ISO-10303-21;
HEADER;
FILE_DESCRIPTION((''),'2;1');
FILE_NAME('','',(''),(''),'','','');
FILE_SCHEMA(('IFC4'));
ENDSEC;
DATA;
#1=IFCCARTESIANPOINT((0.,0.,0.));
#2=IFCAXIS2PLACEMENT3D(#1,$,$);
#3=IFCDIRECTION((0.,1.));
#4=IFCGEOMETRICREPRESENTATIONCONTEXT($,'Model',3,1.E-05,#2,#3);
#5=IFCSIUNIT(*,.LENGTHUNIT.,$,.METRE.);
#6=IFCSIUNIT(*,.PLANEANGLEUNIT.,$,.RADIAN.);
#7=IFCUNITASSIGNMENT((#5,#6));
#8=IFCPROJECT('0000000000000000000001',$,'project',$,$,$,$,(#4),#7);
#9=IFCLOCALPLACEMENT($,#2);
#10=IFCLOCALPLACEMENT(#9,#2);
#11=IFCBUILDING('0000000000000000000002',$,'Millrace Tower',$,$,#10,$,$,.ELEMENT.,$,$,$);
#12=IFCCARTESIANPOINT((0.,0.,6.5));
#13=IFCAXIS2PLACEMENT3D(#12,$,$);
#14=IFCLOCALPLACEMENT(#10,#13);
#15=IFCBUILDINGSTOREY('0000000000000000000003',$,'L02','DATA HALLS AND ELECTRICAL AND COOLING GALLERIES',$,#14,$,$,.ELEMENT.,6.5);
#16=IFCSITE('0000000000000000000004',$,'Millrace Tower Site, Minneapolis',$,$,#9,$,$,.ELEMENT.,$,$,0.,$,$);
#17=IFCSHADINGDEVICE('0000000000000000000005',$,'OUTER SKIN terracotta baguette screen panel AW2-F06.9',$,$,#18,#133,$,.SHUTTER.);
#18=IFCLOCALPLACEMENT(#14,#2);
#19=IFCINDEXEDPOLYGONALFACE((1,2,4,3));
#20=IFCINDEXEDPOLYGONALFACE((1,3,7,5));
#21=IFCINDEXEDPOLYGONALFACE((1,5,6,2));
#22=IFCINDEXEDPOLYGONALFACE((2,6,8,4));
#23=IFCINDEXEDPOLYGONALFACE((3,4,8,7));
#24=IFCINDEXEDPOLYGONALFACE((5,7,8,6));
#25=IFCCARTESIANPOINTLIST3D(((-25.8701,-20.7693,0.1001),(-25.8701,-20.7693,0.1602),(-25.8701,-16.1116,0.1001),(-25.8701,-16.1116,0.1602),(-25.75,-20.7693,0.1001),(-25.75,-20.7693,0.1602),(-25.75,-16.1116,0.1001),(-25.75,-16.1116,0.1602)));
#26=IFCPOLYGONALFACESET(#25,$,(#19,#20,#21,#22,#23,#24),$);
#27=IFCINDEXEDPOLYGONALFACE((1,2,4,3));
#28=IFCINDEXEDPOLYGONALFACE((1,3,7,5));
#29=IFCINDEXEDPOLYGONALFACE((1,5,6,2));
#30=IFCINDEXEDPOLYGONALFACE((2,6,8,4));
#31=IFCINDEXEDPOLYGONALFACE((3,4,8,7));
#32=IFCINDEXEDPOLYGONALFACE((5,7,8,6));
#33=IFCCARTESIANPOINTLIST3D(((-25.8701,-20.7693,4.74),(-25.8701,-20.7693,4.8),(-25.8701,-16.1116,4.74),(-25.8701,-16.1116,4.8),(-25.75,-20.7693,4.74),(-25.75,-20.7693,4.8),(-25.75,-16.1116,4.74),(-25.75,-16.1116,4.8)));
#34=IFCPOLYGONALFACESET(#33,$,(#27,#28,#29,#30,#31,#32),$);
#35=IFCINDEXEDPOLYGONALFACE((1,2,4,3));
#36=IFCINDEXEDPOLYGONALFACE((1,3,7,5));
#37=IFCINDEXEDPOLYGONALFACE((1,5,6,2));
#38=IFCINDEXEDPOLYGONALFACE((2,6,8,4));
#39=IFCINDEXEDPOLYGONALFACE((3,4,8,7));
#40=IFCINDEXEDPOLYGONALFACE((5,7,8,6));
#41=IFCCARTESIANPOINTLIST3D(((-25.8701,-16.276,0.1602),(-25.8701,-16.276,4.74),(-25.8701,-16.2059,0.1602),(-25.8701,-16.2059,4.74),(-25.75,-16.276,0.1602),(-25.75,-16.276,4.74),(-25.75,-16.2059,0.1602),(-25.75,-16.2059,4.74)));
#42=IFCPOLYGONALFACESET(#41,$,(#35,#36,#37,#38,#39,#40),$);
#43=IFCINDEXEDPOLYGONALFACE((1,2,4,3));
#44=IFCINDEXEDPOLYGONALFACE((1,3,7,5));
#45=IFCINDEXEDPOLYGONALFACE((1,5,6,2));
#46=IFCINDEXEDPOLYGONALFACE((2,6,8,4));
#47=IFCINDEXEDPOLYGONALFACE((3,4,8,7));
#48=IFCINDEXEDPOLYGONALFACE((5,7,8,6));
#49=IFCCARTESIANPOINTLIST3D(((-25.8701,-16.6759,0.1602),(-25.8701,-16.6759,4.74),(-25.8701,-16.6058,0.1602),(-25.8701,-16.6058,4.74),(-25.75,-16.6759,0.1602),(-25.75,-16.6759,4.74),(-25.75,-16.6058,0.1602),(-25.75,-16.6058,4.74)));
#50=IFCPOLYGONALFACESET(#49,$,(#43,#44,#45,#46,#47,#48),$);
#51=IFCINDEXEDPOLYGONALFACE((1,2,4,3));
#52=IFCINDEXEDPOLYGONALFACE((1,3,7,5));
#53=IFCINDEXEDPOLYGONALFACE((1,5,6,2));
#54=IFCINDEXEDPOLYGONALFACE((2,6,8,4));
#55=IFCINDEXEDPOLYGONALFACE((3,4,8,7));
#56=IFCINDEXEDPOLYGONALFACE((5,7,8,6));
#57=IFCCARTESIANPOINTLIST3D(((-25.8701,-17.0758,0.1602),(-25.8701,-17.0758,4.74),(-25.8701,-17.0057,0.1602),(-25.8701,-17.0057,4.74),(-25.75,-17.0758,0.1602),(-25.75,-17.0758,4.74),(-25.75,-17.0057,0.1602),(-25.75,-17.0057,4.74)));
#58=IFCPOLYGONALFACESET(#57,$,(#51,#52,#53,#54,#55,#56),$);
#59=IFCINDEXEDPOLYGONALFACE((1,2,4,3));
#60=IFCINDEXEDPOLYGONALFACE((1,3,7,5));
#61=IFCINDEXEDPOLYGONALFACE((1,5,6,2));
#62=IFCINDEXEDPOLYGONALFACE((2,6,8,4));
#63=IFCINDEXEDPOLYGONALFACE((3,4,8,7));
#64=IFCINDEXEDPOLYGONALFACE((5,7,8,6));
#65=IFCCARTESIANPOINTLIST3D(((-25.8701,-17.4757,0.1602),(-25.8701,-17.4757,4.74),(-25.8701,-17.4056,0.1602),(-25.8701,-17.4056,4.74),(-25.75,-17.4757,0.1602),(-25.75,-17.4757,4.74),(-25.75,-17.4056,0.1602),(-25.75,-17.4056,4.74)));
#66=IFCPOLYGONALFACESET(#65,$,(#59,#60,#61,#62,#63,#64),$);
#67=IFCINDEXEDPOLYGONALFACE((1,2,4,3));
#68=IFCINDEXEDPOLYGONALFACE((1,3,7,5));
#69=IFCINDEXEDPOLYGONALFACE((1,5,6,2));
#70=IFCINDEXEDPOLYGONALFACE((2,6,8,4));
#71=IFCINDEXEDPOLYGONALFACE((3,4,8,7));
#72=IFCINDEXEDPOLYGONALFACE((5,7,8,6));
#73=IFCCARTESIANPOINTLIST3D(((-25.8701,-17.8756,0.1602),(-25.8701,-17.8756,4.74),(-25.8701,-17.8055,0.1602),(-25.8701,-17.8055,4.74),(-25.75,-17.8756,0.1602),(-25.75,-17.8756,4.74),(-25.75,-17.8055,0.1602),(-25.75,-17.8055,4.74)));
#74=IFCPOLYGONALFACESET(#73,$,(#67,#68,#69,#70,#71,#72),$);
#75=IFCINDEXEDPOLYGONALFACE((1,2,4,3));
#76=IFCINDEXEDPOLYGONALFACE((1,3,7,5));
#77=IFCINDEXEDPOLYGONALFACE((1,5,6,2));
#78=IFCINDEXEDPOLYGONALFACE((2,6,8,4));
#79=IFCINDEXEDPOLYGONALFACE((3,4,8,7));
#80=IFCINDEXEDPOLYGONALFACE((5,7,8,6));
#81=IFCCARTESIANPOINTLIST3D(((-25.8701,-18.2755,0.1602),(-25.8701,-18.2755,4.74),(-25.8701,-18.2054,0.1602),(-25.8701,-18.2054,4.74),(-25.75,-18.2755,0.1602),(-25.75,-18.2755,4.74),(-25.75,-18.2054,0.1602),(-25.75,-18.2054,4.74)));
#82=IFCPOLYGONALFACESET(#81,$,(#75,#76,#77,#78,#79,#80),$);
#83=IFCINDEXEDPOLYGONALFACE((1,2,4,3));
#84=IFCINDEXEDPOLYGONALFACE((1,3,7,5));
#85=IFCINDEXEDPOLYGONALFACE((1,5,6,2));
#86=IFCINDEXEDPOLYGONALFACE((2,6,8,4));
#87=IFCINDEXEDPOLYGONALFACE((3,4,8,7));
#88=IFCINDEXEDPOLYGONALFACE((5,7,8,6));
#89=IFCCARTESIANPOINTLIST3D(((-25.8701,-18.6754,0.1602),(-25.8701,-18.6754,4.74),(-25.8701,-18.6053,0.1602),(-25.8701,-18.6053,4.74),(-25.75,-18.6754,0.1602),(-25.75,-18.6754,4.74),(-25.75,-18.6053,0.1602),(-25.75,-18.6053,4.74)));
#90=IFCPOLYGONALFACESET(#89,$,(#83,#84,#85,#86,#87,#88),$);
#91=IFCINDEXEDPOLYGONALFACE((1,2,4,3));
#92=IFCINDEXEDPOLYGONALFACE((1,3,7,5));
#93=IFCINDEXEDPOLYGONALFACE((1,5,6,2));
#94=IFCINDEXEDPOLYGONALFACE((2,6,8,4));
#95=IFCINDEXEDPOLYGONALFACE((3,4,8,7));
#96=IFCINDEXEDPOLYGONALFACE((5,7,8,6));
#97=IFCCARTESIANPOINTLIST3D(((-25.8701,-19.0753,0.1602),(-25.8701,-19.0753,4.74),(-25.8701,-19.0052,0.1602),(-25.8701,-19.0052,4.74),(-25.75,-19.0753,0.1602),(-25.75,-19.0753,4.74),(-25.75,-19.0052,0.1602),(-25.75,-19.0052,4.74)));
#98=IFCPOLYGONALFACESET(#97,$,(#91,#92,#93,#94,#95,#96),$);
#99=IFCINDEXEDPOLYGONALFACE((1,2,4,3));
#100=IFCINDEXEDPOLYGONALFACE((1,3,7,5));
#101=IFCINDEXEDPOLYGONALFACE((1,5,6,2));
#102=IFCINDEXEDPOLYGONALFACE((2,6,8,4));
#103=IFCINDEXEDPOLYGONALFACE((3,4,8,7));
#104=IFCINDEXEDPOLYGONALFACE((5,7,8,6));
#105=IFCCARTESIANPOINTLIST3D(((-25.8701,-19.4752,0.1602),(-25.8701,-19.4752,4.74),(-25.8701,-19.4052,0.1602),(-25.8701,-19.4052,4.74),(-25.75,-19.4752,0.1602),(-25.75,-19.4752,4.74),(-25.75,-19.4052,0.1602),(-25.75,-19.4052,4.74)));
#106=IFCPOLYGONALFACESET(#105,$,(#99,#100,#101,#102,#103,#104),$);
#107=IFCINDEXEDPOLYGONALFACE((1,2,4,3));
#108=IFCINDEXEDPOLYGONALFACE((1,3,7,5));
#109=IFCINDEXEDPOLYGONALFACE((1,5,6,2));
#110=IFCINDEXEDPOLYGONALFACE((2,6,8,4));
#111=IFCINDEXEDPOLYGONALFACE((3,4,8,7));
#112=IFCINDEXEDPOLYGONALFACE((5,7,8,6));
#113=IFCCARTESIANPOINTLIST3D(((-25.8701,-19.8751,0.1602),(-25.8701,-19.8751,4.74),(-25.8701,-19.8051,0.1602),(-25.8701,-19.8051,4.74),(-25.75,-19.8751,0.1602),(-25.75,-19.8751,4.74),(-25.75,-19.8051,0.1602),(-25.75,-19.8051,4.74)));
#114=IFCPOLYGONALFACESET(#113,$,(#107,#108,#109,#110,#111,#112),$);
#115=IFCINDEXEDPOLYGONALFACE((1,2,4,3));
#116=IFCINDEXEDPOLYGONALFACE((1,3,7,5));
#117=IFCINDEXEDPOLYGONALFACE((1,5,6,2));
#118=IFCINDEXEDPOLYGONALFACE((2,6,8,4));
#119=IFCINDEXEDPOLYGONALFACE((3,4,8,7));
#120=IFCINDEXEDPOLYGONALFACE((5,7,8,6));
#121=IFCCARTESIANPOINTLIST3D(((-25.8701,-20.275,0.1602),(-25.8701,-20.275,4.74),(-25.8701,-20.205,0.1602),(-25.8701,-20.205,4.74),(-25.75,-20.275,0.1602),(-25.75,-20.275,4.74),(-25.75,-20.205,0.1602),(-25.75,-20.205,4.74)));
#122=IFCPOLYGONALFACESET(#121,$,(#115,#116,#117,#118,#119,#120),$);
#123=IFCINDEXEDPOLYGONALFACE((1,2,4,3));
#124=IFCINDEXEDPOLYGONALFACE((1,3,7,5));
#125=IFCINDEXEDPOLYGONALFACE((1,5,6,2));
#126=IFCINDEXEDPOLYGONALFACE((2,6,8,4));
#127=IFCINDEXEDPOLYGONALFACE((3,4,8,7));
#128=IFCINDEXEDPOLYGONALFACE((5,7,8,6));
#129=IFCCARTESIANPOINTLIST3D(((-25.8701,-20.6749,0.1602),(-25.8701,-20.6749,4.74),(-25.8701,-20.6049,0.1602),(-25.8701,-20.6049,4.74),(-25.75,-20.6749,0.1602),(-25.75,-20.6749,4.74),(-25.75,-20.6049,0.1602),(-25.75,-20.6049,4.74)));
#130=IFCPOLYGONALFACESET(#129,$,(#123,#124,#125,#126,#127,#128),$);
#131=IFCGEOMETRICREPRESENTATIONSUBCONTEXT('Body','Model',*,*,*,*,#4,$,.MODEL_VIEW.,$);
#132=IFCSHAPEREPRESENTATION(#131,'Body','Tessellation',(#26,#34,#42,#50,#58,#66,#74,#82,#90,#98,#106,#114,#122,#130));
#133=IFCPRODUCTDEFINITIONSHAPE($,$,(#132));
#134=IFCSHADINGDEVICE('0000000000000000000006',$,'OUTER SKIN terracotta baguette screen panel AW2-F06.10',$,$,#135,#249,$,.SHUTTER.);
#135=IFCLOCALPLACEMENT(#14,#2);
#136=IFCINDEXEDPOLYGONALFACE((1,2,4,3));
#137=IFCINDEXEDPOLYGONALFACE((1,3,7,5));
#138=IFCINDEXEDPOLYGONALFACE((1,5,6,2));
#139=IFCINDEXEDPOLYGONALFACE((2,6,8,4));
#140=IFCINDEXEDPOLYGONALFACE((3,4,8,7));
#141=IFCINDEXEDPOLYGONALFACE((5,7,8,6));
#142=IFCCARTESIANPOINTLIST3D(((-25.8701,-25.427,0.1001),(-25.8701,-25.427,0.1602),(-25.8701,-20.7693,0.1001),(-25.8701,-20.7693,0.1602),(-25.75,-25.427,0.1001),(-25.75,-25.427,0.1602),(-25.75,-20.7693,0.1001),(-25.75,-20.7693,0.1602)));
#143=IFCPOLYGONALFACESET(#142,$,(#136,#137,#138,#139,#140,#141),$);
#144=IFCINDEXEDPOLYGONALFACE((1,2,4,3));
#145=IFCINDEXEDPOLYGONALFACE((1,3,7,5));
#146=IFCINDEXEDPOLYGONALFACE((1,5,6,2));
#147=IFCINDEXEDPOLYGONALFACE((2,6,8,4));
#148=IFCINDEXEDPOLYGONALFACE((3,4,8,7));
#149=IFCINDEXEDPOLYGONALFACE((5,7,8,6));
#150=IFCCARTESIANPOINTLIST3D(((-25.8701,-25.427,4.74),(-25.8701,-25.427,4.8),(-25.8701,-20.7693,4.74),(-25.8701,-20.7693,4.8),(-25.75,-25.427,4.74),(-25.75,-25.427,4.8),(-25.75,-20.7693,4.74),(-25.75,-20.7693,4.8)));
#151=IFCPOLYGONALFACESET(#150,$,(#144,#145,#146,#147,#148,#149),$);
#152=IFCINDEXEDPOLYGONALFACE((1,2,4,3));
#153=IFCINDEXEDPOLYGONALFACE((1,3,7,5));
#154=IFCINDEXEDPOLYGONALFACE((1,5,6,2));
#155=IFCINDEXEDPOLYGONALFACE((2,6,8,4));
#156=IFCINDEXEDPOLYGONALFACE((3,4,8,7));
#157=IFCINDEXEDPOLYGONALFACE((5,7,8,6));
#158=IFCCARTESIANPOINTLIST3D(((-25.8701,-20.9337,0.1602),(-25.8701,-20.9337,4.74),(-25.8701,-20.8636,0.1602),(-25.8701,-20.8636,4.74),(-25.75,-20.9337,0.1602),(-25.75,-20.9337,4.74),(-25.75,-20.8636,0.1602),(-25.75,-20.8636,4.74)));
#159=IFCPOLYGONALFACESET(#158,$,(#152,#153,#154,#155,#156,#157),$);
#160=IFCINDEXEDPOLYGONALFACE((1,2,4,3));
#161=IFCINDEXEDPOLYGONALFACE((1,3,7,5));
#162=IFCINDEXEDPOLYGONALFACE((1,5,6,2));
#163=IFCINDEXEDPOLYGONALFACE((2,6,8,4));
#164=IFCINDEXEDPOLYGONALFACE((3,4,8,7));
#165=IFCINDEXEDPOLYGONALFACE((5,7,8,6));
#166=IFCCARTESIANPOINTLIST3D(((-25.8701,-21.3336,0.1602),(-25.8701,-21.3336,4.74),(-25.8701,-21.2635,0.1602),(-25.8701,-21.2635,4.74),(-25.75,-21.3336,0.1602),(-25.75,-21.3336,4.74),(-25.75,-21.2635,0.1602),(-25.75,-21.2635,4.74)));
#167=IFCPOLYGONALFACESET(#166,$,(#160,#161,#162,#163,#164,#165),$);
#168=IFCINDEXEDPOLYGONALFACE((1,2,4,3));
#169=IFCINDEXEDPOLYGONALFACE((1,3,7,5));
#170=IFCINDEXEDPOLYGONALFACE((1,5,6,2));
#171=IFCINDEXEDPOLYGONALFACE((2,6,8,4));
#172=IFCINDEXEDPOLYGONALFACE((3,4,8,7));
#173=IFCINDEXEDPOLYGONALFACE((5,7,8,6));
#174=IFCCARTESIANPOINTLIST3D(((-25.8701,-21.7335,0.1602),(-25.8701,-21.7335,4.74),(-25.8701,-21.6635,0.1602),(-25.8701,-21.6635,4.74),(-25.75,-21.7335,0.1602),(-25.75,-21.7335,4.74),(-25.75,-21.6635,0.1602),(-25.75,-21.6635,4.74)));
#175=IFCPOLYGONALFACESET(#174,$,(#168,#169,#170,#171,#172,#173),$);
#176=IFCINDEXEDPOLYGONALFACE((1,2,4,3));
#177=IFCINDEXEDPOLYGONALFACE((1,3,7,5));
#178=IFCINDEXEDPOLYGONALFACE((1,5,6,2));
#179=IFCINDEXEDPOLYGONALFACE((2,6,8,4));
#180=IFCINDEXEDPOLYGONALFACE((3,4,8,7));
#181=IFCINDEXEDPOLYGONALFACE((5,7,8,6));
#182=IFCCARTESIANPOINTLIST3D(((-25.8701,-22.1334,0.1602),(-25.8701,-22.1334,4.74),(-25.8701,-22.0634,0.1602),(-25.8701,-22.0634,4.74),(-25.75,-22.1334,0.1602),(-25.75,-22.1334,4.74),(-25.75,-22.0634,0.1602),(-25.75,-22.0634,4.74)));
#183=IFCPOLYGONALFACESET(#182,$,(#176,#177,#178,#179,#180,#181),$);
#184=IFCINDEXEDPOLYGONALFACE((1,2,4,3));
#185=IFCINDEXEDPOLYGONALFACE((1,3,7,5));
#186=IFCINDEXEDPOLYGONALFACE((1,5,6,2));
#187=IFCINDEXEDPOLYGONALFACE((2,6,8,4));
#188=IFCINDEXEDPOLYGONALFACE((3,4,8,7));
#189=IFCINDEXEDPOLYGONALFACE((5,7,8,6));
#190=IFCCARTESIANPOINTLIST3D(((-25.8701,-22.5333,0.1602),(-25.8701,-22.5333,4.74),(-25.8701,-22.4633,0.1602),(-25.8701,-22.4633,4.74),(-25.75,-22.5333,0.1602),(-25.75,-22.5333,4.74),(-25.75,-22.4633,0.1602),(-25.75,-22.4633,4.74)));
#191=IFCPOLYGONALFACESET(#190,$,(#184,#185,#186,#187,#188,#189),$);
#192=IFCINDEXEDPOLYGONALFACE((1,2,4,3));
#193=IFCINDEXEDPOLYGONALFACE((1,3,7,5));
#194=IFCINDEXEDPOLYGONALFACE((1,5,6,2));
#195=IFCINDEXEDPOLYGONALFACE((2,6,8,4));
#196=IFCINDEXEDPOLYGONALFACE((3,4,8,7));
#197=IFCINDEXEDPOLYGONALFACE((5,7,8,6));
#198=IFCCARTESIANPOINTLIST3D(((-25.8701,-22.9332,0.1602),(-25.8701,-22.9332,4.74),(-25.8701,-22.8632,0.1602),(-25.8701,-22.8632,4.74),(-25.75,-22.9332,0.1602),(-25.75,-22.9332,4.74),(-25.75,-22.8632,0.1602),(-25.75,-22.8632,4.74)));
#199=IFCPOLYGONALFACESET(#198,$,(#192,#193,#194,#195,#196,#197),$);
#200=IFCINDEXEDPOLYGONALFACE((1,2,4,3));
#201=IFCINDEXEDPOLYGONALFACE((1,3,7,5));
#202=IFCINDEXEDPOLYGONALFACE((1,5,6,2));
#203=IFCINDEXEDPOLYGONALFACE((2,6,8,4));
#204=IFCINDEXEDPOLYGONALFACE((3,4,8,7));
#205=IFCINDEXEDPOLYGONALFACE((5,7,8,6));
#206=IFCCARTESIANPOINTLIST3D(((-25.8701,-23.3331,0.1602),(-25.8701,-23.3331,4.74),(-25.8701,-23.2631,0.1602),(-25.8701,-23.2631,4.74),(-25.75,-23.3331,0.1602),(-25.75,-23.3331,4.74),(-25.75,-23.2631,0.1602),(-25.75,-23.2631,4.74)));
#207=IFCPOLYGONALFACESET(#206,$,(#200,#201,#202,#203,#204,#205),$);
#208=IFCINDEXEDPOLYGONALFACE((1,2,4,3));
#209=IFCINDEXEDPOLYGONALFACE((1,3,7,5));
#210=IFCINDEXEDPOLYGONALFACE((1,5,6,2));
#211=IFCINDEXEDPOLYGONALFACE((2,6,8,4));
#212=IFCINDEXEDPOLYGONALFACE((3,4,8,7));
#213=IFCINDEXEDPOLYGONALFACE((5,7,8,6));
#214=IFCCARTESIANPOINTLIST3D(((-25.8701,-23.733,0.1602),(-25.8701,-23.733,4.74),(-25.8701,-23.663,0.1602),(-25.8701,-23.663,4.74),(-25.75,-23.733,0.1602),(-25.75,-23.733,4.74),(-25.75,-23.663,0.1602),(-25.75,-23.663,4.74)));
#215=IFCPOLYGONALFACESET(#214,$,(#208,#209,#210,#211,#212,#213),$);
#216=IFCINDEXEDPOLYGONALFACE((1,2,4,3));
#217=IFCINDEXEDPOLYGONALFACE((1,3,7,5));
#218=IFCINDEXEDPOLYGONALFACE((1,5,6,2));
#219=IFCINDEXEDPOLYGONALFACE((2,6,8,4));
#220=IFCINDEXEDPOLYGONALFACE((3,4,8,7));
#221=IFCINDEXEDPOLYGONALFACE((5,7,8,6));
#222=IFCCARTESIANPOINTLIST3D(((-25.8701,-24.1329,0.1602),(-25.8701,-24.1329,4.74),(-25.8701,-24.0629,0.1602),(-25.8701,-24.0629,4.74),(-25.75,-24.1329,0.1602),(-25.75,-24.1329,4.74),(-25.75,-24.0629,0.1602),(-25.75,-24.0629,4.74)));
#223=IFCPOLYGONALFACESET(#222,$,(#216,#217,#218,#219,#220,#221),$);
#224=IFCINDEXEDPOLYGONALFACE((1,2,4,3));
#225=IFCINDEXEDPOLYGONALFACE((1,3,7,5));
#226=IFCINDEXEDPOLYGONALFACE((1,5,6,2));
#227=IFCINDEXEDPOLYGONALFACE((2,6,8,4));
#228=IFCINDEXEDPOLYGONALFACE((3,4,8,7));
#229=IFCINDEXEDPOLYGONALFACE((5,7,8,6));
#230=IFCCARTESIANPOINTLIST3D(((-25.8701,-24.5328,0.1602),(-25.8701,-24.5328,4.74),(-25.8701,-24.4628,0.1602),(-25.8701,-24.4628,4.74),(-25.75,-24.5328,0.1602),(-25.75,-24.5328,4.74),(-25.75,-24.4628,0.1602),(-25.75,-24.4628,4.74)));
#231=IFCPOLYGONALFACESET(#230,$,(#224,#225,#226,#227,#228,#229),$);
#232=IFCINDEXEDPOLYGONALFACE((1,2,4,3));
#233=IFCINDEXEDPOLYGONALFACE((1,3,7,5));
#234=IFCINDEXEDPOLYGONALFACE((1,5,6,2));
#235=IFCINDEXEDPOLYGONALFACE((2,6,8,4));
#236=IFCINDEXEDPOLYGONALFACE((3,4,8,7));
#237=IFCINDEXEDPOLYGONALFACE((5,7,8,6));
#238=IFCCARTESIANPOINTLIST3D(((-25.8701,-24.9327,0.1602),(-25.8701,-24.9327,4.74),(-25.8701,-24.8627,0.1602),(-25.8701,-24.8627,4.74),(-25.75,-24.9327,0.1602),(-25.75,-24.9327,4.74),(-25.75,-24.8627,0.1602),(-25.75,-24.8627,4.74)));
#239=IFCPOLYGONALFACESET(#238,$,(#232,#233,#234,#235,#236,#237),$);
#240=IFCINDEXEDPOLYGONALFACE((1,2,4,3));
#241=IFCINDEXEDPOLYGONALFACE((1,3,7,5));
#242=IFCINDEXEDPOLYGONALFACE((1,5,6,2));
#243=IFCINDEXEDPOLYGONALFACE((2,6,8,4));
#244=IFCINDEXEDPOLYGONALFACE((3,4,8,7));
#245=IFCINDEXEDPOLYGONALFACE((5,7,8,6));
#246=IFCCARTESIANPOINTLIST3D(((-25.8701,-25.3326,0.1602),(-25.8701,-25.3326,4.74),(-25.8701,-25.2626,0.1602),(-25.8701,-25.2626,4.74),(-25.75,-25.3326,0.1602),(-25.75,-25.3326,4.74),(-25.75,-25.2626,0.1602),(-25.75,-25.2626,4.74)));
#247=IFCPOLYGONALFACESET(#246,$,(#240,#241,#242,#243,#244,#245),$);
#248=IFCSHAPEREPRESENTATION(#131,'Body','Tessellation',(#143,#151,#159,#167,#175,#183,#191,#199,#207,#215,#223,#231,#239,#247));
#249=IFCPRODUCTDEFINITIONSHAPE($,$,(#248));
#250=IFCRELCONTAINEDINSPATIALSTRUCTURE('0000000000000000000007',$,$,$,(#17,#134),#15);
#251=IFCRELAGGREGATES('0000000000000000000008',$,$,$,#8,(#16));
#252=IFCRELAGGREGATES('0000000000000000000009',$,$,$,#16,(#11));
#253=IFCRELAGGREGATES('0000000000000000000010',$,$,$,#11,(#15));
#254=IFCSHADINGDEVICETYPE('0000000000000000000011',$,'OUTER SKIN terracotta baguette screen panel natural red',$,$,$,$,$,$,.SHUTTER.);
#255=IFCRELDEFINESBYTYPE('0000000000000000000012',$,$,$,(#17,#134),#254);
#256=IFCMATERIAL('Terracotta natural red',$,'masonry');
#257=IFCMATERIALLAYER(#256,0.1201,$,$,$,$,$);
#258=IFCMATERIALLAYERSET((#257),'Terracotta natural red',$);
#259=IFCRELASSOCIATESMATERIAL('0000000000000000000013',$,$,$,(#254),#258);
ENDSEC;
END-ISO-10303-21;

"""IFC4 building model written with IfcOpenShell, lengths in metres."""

from ifc_helpers import new_model, entity, si_unit, direction, frame, frame_2d, origin, place, context, subcontext, project, spatial, rectangle, extrude, source, transform, mapped, material, layer, layer_set, type_object, element, save


model = new_model("IFC4")

# Units and contexts
model_context = context("Model", 3, precision=1e-05, world=origin(), true_north=direction((0.0, 1.0)))
body_context = subcontext(model_context, "Body", "Model", "MODEL_VIEW")
ifc_project = project(units=[si_unit("LENGTHUNIT", "METRE"), si_unit("PLANEANGLEUNIT", "RADIAN")], contexts=[model_context])

# Site, building, storey
site_placement = place(None, origin())
site = spatial("IfcSite", under=ifc_project, at=site_placement, Name="Millrace Tower Site, Minneapolis", CompositionType="ELEMENT", RefElevation=0.0)
building_placement = place(site_placement, origin())
building = spatial("IfcBuilding", under=site, at=building_placement, Name="Millrace Tower", CompositionType="ELEMENT")
storey_placement = place(building_placement, frame((0.0, 0.0, 6.5)))
storey = spatial("IfcBuildingStorey", under=building, at=storey_placement, Name="L02", Description="DATA HALLS AND ELECTRICAL AND COOLING GALLERIES", CompositionType="ELEMENT", Elevation=6.5)

# Shading devices
cartesian_point = entity("IfcCartesianPoint", [-2.3289, 0.0601])
shared_polyline = entity("IfcPolyline", [cartesian_point, entity("IfcCartesianPoint", [2.3289, 0.0601]), entity("IfcCartesianPoint", [2.3289, -0.0601]), entity("IfcCartesianPoint", [-2.3289, -0.0601]), cartesian_point])
ifc_material_1 = material(Name="Terracotta natural red", Category="masonry")
ifc_layer_1 = layer(ifc_material_1, 0.1201)
ifc_layer_set_1 = layer_set([ifc_layer_1], Name="Terracotta natural red")
shading_device_type_1 = type_object("IfcShadingDeviceType", Name="OUTER SKIN terracotta baguette screen panel natural red", PredefinedType="SHUTTER", material=ifc_layer_set_1)
shared_shape_1 = source(origin(), body_context, "Body", "SweptSolid", [
    entity("IfcExtrudedAreaSolid", entity("IfcArbitraryClosedProfileDef", "AREA", None, shared_polyline), entity("IfcAxis2Placement3D", entity("IfcCartesianPoint", [0.0, 0.0, 0.0])), entity("IfcDirection", [0.0, 0.0, 1.0]), 0.0601),
    entity("IfcExtrudedAreaSolid", entity("IfcArbitraryClosedProfileDef", "AREA", None, shared_polyline), entity("IfcAxis2Placement3D", entity("IfcCartesianPoint", [0.0, 0.0, 4.6399])), entity("IfcDirection", [0.0, 0.0, 1.0]), 0.0601),
    extrude(rectangle(XDim=0.0701, YDim=0.1201, at=frame_2d((-2.1995, 0.0))), frame((0.0, 0.0, 0.0601)), (0.0, 0.0, 1.0), 4.5798),
    extrude(rectangle(XDim=0.0701, YDim=0.1201, at=frame_2d((-1.7996, 0.0))), frame((0.0, 0.0, 0.0601)), (0.0, 0.0, 1.0), 4.5798),
    extrude(rectangle(XDim=0.0701, YDim=0.1201, at=frame_2d((-1.3997, 0.0))), frame((0.0, 0.0, 0.0601)), (0.0, 0.0, 1.0), 4.5798),
    extrude(rectangle(XDim=0.0701, YDim=0.1201, at=frame_2d((-0.9998, 0.0))), frame((0.0, 0.0, 0.0601)), (0.0, 0.0, 1.0), 4.5798),
    extrude(rectangle(XDim=0.0701, YDim=0.1201, at=frame_2d((-0.5999, 0.0))), frame((0.0, 0.0, 0.0601)), (0.0, 0.0, 1.0), 4.5798),
    extrude(rectangle(XDim=0.0701, YDim=0.1201, at=frame_2d((-0.2, 0.0))), frame((0.0, 0.0, 0.0601)), (0.0, 0.0, 1.0), 4.5798),
    extrude(rectangle(XDim=0.0701, YDim=0.1201, at=frame_2d((0.2, 0.0))), frame((0.0, 0.0, 0.0601)), (0.0, 0.0, 1.0), 4.5798),
    extrude(rectangle(XDim=0.0701, YDim=0.1201, at=frame_2d((0.5999, 0.0))), frame((0.0, 0.0, 0.0601)), (0.0, 0.0, 1.0), 4.5798),
    extrude(rectangle(XDim=0.0701, YDim=0.1201, at=frame_2d((0.9998, 0.0))), frame((0.0, 0.0, 0.0601)), (0.0, 0.0, 1.0), 4.5798),
    extrude(rectangle(XDim=0.0701, YDim=0.1201, at=frame_2d((1.3997, 0.0))), frame((0.0, 0.0, 0.0601)), (0.0, 0.0, 1.0), 4.5798),
    extrude(rectangle(XDim=0.0701, YDim=0.1201, at=frame_2d((1.7996, 0.0))), frame((0.0, 0.0, 0.0601)), (0.0, 0.0, 1.0), 4.5798),
    extrude(rectangle(XDim=0.0701, YDim=0.1201, at=frame_2d((2.1995, 0.0))), frame((0.0, 0.0, 0.0601)), (0.0, 0.0, 1.0), 4.5798),
])
for number, where, z_axis, x_axis, name in (
    (1, (-25.8101, -18.4404, 0.1001), (0.0, 0.0, 1.0), (0.0, -1.0, 0.0), "OUTER SKIN terracotta baguette screen panel AW2-F06.9"),
    (2, (-25.8101, -23.0981, 0.1001), (0.0, 0.0, 1.0), (0.0, -1.0, 0.0), "OUTER SKIN terracotta baguette screen panel AW2-F06.10"),
):
    element("IfcShadingDevice", number, at=place(storey_placement, frame(where, z_axis=z_axis, x_axis=x_axis)), inside=storey, type_object=shading_device_type_1, Name=name, PredefinedType="SHUTTER", context=body_context, shape_type="MappedRepresentation", body=[
        mapped(shared_shape_1, transform((0.0, 0.0, 0.0), scale=1.0)),
    ])

save(model, "model.ifc")
